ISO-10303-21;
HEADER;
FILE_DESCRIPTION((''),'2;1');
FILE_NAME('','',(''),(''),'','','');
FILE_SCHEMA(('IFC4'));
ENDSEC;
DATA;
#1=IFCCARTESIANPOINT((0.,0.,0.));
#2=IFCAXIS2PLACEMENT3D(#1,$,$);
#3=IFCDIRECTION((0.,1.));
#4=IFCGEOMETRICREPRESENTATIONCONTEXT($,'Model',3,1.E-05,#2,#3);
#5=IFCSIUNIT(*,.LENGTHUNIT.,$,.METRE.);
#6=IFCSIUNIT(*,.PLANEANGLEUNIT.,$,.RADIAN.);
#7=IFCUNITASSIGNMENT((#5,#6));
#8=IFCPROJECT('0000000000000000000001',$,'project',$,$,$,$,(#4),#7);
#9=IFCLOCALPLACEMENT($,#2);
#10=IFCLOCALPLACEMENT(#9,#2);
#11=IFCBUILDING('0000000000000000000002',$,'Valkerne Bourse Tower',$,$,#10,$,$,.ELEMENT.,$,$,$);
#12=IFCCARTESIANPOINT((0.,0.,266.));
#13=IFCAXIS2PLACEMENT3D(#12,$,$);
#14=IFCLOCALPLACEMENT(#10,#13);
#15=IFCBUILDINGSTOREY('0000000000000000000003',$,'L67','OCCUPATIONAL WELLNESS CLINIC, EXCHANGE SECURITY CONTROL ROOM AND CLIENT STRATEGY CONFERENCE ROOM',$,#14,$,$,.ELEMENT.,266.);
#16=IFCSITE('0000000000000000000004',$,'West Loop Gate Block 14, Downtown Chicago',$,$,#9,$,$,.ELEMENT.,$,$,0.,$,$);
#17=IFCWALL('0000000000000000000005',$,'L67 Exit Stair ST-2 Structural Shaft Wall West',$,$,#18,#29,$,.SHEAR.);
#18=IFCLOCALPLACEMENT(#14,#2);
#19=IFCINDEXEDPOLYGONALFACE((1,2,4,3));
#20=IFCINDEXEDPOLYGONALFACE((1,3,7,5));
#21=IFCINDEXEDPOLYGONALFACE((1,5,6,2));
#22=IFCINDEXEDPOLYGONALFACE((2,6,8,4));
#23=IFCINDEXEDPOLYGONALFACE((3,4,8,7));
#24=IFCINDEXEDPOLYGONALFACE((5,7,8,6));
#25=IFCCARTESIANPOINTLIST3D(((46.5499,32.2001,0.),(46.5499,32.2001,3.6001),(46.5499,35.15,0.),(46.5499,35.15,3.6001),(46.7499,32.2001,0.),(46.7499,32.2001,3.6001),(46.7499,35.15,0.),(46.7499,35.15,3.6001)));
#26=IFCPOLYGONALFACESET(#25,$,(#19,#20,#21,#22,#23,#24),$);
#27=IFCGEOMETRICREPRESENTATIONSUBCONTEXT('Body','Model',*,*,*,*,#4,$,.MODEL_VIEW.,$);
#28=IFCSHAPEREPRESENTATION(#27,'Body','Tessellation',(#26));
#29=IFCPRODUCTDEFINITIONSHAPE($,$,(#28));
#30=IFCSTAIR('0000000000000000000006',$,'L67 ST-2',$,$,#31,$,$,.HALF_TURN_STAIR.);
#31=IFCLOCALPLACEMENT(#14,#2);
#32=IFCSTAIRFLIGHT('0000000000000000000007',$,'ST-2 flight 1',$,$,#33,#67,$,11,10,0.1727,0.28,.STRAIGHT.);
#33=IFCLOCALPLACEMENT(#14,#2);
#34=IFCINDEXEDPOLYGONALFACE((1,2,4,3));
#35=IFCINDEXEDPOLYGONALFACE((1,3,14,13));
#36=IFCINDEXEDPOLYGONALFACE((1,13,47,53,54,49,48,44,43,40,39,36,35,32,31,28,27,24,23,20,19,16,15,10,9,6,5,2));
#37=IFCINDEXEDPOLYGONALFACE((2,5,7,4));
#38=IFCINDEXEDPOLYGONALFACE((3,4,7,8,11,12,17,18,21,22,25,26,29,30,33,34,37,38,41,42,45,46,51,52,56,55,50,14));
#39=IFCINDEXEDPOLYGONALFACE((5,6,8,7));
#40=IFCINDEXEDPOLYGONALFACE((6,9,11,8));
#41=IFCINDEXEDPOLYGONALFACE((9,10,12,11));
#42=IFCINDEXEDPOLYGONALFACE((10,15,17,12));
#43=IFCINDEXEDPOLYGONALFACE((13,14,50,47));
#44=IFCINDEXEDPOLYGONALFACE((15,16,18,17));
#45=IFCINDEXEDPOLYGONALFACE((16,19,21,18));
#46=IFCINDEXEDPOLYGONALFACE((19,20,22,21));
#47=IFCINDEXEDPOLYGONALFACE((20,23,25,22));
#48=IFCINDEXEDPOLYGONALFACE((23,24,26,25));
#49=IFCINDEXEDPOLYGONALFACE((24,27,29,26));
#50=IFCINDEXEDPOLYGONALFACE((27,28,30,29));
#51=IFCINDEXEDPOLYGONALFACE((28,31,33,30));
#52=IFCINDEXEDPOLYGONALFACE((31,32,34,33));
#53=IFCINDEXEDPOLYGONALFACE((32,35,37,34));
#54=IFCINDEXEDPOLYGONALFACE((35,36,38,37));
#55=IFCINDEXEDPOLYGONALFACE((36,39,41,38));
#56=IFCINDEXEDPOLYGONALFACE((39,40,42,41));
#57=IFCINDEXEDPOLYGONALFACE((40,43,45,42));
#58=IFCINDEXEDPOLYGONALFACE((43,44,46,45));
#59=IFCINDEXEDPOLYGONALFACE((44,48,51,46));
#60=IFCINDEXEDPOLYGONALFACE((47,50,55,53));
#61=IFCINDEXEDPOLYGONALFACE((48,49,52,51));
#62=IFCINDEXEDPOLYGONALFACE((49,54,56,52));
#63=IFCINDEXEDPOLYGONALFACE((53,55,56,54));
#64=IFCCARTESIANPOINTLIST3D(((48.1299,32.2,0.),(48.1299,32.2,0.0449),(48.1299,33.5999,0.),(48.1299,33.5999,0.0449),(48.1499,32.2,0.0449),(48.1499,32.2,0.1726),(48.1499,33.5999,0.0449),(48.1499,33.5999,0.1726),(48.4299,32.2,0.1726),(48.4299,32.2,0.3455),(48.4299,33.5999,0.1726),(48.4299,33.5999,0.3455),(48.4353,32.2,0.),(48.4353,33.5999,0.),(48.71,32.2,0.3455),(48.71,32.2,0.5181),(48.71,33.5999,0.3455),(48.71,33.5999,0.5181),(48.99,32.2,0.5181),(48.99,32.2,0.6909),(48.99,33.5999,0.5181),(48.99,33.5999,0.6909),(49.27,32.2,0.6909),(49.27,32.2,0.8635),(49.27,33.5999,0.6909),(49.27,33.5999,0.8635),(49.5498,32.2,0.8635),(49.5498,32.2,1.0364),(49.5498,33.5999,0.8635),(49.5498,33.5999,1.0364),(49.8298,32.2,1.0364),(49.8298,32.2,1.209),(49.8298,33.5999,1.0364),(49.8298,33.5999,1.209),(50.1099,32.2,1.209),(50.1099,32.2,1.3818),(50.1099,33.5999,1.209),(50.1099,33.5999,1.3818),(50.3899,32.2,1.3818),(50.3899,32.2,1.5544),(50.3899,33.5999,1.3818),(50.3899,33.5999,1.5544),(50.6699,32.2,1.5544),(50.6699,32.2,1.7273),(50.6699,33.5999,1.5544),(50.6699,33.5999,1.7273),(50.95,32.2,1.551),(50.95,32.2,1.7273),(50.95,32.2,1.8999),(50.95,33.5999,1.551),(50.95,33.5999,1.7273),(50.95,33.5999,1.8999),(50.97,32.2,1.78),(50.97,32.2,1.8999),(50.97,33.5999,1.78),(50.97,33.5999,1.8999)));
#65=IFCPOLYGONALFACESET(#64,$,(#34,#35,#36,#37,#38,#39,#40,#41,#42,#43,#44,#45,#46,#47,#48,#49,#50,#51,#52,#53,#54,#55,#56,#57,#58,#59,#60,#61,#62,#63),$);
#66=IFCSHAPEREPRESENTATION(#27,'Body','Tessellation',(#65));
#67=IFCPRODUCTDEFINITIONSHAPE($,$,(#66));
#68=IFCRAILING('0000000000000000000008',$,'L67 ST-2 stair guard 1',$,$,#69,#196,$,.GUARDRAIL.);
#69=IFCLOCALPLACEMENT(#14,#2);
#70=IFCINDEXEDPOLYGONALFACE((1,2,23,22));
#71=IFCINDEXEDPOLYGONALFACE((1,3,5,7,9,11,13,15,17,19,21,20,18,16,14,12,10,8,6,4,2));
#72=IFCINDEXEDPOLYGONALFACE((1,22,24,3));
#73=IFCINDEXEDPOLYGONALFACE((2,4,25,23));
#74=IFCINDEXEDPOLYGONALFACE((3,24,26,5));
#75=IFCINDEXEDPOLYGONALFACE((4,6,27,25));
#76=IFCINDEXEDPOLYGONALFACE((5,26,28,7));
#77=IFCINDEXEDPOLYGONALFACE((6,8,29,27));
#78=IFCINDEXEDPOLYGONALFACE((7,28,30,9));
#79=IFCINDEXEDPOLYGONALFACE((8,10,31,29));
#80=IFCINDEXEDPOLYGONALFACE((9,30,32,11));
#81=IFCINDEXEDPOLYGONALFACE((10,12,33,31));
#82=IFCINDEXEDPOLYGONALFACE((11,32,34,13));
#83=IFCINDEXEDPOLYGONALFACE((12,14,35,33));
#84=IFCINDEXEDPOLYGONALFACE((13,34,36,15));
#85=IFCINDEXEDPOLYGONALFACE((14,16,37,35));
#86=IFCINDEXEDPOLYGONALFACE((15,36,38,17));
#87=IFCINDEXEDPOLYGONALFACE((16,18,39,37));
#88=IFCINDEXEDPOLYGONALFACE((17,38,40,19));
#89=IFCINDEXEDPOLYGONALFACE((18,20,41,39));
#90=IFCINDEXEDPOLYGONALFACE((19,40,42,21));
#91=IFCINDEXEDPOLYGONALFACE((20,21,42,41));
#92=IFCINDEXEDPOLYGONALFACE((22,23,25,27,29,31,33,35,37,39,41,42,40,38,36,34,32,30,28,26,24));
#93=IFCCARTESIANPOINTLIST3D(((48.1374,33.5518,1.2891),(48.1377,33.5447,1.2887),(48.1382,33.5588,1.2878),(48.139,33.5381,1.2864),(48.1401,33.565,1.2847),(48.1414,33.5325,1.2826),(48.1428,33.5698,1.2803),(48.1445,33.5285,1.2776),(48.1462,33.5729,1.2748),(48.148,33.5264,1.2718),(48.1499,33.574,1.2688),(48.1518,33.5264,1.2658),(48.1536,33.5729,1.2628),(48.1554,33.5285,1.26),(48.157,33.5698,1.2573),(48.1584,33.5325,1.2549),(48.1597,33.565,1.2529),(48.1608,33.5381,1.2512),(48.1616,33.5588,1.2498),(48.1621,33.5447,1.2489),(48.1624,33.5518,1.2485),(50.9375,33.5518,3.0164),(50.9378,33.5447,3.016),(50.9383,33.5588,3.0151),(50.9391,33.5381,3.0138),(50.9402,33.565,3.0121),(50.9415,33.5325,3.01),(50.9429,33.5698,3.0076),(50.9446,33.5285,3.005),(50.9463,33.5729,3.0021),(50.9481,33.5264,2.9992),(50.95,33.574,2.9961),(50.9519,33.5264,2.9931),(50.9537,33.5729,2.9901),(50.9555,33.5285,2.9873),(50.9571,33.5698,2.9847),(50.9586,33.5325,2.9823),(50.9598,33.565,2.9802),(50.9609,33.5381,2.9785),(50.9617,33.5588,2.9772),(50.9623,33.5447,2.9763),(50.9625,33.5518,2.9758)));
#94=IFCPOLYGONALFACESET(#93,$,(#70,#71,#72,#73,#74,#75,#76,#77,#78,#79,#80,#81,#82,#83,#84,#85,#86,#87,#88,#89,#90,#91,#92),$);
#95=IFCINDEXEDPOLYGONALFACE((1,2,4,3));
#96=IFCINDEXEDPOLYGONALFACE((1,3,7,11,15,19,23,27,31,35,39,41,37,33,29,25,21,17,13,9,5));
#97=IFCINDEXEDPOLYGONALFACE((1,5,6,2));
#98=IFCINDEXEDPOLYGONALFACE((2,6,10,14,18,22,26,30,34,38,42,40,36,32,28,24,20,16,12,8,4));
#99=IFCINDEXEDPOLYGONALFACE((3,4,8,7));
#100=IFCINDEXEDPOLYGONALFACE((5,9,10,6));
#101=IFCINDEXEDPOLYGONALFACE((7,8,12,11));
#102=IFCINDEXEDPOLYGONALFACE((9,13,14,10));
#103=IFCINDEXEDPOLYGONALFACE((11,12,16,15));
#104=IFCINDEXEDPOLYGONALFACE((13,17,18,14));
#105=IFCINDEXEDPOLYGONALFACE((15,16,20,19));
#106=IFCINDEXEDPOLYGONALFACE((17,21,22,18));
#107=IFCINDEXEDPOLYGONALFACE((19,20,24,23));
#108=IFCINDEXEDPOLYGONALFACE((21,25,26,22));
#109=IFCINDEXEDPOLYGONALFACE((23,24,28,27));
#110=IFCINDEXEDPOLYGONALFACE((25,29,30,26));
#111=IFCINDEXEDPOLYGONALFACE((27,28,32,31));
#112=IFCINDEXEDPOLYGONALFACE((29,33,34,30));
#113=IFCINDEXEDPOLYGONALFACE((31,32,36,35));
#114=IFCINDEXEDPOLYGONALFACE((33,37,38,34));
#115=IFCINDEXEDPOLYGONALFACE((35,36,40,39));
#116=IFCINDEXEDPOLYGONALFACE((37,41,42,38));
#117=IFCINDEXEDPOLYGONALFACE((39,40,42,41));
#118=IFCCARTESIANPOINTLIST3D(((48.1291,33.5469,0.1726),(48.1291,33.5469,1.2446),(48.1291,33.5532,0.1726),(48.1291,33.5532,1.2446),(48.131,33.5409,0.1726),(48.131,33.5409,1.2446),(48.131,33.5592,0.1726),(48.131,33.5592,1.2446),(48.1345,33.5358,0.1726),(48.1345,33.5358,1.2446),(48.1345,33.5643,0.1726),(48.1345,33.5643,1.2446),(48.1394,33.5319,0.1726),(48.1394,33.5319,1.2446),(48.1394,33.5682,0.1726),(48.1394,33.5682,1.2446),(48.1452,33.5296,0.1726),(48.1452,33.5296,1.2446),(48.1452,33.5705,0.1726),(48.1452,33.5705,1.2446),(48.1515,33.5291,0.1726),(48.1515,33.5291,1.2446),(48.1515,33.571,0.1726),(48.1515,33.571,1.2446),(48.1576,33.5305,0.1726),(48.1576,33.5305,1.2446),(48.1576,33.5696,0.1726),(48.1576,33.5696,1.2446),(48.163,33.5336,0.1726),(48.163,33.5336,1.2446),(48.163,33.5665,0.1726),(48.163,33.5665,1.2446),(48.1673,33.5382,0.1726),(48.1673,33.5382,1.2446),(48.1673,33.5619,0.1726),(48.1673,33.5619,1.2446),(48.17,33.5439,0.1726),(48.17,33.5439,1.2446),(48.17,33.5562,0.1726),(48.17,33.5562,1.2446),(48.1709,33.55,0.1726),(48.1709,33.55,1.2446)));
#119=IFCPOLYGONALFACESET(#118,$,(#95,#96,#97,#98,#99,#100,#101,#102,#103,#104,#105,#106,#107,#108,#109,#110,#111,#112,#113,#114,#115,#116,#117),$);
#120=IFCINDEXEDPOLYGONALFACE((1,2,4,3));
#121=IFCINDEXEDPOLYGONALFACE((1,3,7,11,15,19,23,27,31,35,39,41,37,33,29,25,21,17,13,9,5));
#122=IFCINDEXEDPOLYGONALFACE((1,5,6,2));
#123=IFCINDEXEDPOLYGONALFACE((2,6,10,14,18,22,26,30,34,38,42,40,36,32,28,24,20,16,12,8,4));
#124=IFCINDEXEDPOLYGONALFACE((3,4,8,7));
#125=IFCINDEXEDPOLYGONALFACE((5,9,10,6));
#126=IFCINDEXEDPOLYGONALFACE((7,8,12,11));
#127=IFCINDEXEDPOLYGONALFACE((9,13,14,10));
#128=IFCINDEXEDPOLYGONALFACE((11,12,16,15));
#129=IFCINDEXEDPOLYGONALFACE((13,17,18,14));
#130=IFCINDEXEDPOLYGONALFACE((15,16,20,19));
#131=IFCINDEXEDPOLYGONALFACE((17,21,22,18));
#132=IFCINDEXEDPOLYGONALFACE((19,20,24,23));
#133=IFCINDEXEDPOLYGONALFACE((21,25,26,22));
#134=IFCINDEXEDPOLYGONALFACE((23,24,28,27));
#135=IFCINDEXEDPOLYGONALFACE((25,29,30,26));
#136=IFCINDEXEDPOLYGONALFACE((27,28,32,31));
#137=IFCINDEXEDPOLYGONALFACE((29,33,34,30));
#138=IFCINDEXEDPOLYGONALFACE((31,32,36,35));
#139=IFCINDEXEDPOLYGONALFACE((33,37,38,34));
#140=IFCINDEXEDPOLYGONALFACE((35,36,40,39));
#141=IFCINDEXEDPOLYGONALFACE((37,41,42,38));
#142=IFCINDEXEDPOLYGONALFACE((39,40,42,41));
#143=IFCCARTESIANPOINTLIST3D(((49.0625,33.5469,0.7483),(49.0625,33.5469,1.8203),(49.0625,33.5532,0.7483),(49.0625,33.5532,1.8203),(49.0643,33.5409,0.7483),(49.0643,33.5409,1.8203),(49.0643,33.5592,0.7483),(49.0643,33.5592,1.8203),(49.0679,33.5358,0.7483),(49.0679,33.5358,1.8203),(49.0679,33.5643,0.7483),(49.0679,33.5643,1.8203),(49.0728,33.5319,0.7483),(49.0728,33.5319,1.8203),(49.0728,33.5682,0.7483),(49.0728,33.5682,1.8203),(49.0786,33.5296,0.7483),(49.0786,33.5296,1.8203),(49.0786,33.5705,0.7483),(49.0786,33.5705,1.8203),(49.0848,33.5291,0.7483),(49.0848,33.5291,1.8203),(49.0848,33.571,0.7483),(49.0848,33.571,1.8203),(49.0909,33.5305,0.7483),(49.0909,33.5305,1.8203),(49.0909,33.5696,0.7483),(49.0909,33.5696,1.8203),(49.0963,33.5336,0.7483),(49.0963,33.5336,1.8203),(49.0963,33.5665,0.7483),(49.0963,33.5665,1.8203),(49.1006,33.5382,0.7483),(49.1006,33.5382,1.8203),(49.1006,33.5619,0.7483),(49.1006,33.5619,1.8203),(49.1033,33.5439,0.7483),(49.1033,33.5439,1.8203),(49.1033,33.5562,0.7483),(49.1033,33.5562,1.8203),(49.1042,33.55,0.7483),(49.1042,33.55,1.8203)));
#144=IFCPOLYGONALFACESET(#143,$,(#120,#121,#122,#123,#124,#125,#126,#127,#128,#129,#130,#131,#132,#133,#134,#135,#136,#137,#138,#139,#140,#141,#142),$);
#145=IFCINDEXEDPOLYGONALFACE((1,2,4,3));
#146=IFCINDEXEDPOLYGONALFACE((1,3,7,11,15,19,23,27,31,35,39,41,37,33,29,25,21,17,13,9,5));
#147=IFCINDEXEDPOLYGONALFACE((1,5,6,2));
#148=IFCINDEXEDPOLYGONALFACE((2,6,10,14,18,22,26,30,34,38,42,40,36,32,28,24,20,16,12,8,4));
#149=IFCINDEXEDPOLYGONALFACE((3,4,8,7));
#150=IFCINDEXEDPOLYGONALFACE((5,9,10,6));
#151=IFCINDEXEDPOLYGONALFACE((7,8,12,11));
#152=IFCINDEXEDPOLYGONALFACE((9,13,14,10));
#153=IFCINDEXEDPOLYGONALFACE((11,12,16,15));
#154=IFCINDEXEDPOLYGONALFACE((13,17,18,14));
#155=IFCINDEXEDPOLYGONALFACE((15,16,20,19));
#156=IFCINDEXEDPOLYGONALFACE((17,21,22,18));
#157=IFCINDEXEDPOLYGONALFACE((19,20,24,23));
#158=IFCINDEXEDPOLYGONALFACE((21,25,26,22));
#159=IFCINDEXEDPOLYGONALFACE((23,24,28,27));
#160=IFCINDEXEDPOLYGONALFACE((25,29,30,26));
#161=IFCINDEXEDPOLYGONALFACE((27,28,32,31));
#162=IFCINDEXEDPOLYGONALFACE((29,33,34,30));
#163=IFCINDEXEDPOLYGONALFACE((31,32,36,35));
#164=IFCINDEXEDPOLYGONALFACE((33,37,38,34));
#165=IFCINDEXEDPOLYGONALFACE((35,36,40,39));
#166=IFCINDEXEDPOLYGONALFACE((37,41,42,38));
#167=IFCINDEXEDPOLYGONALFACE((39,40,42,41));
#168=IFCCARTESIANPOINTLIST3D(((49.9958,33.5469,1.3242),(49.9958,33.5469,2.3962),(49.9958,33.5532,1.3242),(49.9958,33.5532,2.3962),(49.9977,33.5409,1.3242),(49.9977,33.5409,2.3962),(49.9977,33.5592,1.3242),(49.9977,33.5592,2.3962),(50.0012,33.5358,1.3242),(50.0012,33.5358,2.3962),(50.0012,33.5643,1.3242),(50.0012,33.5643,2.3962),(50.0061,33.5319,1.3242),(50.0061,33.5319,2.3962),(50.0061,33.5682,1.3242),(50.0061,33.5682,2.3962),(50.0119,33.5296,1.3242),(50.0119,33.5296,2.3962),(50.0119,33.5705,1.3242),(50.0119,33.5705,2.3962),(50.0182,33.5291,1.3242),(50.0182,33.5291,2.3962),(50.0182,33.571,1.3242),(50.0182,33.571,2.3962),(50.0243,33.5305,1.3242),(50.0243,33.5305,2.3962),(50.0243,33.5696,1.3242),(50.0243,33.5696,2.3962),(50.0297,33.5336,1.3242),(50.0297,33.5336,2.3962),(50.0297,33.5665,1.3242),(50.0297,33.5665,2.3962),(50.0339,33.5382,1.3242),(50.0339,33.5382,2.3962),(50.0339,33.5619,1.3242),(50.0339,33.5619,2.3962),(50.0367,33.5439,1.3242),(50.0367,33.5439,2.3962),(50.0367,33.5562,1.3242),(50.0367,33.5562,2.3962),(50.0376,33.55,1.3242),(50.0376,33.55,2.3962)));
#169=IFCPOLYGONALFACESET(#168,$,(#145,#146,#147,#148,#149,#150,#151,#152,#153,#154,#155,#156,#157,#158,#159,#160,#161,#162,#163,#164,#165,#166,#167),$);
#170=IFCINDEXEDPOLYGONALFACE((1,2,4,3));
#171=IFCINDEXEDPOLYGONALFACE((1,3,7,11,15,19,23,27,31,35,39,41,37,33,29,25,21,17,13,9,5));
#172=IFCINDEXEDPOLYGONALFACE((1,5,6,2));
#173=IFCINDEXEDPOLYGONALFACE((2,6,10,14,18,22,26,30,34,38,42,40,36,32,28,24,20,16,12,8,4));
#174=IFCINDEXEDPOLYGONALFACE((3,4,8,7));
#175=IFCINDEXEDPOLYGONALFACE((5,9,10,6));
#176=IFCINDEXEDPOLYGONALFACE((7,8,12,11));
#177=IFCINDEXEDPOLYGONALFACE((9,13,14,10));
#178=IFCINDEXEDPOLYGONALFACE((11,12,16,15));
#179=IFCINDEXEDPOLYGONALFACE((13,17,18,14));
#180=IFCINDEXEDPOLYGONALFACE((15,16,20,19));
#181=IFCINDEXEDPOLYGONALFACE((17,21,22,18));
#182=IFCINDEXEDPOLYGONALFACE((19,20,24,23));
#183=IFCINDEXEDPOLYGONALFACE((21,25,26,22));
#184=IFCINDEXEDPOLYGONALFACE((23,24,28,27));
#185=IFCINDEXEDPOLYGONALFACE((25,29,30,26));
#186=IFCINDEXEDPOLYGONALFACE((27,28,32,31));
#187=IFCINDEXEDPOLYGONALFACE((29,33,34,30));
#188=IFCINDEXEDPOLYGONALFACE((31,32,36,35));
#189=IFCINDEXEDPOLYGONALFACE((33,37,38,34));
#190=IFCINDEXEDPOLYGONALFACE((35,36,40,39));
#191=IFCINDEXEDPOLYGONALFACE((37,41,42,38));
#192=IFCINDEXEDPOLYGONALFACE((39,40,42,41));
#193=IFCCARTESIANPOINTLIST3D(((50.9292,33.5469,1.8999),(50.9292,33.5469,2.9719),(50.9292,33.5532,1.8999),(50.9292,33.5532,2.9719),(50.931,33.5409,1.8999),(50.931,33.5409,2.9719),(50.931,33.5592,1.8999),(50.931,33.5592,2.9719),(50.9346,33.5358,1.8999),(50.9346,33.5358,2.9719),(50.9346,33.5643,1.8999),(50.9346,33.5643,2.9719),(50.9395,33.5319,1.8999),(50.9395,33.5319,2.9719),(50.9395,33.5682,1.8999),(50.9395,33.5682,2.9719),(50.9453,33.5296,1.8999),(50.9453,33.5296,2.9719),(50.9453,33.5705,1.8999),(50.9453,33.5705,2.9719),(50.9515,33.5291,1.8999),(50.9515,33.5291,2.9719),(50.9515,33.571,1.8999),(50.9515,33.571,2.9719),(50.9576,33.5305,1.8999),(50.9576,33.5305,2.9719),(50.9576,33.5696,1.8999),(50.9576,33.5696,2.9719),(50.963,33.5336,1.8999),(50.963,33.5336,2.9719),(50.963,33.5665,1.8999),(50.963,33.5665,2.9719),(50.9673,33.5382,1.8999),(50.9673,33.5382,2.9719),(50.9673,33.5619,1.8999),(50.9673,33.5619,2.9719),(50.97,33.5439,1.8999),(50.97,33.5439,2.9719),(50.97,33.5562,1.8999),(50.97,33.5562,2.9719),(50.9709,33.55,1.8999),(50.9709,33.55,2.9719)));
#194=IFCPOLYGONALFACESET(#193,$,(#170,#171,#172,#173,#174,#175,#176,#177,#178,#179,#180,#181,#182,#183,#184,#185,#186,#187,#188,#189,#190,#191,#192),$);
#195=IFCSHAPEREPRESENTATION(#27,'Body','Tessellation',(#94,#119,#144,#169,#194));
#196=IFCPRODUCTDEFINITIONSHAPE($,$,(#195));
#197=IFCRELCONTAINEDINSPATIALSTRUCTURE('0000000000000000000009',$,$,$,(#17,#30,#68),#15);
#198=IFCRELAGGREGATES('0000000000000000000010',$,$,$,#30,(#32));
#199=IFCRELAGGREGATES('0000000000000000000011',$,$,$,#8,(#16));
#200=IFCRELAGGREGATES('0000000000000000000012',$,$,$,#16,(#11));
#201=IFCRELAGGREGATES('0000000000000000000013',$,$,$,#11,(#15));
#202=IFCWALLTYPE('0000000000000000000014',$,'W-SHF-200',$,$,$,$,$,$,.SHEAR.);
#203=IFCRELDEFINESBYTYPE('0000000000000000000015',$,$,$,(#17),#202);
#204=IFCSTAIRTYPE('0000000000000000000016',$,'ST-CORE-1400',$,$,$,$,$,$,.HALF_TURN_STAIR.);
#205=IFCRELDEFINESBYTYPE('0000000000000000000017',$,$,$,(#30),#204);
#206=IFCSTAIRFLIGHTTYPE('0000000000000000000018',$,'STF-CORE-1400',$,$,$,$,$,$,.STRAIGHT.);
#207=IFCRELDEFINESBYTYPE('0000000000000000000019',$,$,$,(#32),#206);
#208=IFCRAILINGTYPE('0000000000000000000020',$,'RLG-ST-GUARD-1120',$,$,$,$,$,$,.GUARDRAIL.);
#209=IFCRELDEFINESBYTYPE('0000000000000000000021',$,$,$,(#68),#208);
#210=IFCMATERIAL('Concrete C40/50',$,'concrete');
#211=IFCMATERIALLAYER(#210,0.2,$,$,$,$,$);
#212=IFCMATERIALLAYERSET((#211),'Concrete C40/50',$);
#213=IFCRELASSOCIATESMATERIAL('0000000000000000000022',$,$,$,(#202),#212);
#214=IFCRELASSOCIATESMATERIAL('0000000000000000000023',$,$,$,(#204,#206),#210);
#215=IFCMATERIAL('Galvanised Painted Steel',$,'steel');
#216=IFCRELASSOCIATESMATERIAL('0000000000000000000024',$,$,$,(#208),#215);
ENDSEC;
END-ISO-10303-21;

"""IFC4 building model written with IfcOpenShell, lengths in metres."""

from ifc_helpers import new_model, si_unit, direction, frame, frame_2d, origin, origin_2d, place, context, subcontext, project, spatial, polyline, rectangle, circle, outline, extrude, material, layer, layer_set, type_object, element, aggregate, save


model = new_model("IFC4")

# Units and contexts
model_context = context("Model", 3, precision=1e-05, world=origin(), true_north=direction((0.0, 1.0)))
body_context = subcontext(model_context, "Body", "Model", "MODEL_VIEW")
ifc_project = project(units=[si_unit("LENGTHUNIT", "METRE"), si_unit("PLANEANGLEUNIT", "RADIAN")], contexts=[model_context])

# Site, building, storey
site_placement = place(None, origin())
site = spatial("IfcSite", under=ifc_project, at=site_placement, Name="West Loop Gate Block 14, Downtown Chicago", CompositionType="ELEMENT", RefElevation=0.0)
building_placement = place(site_placement, origin())
building = spatial("IfcBuilding", under=site, at=building_placement, Name="Valkerne Bourse Tower", CompositionType="ELEMENT")
storey_placement = place(building_placement, frame((0.0, 0.0, 266.0)))
storey = spatial("IfcBuildingStorey", under=building, at=storey_placement, Name="L67", Description="OCCUPATIONAL WELLNESS CLINIC, EXCHANGE SECURITY CONTROL ROOM AND CLIENT STRATEGY CONFERENCE ROOM", CompositionType="ELEMENT", Elevation=266.0)

# Shared definitions
ifc_material_1 = material(Name="Galvanised Painted Steel", Category="steel")

# Shared definitions
ifc_material_2 = material(Name="Concrete C40/50", Category="concrete")
ifc_layer_1 = layer(ifc_material_2, 0.2)
ifc_layer_set_1 = layer_set([ifc_layer_1], Name="Concrete C40/50")
wall_type_1 = type_object("IfcWallType", Name="W-SHF-200", PredefinedType="SHEAR", material=ifc_layer_set_1)

# Wall
wall_1_placement = place(storey_placement, frame((46.6499, 32.2, 0.0), z_axis=(0.0, 0.0, 1.0), x_axis=(0.0, 1.0, 0.0)))
element("IfcWall", 1, at=wall_1_placement, inside=storey, type_object=wall_type_1, Name="L67 Exit Stair ST-2 Structural Shaft Wall West", PredefinedType="SHEAR", context=body_context, shape_type="SweptSolid", body=[
    extrude(rectangle(XDim=2.95, YDim=0.2, at=frame_2d((1.4751, 0.0))), origin(), (0.0, 0.0, 1.0), 3.6001),
])

# Stair, stair flight
stair_type = type_object("IfcStairType", Name="ST-CORE-1400", PredefinedType="HALF_TURN_STAIR", material=ifc_material_2)
stair_placement = place(storey_placement, origin())
stair = element("IfcStair", 2, at=stair_placement, inside=storey, type_object=stair_type, Name="L67 ST-2", PredefinedType="HALF_TURN_STAIR")
stair_flight_type = type_object("IfcStairFlightType", Name="STF-CORE-1400", PredefinedType="STRAIGHT", material=ifc_material_2)
stair_flight_placement = place(storey_placement, frame((48.1499, 32.8999, 0.0), z_axis=(0.0, 0.0, 1.0), x_axis=(1.0, 0.0, 0.0)))
stair_flight = element("IfcStairFlight", 3, at=stair_flight_placement, type_object=stair_flight_type, Name="ST-2 flight 1", NumberOfRisers=11, NumberOfTreads=10, PredefinedType="STRAIGHT", RiserHeight=0.1727, TreadLength=0.28, context=body_context, shape_type="SweptSolid", body=[
    extrude(outline(polyline([(-0.02, 0.0), (-0.02, 0.0449), (0.0, 0.0449), (0.0, 0.1726), (0.28, 0.1726), (0.28, 0.3455), (0.5601, 0.3455), (0.5601, 0.5181), (0.8401, 0.5181), (0.8401, 0.6909), (1.1201, 0.6909), (1.1201, 0.8635), (1.3999, 0.8635), (1.3999, 1.0364), (1.6799, 1.0364), (1.6799, 1.209), (1.96, 1.209), (1.96, 1.3818), (2.24, 1.3818), (2.24, 1.5544), (2.52, 1.5544), (2.52, 1.7273), (2.8, 1.7273), (2.8, 1.8999), (2.8201, 1.8999), (2.8201, 1.78), (2.8, 1.551), (0.2854, 0.0), (-0.02, 0.0)])), frame((0.0, 0.7, 0.0), z_axis=(0.0, -1.0, 0.0), x_axis=(1.0, 0.0, 0.0)), (0.0, 0.0, 1.0), 1.3999),
])
aggregate(stair, [stair_flight])

# Railing
railing_type_1 = type_object("IfcRailingType", Name="RLG-ST-GUARD-1120", PredefinedType="GUARDRAIL", material=ifc_material_1)
railing_1_placement = place(storey_placement, frame((48.1499, 33.55, 0.1726)))
element("IfcRailing", 4, at=railing_1_placement, inside=storey, type_object=railing_type_1, Name="L67 ST-2 stair guard 1", PredefinedType="GUARDRAIL", context=body_context, shape_type="SweptSolid", body=[
    extrude(circle(Radius=0.0239, at=origin_2d()), frame((0.0, 0.0, 1.0962), z_axis=(0.85109, 0.0, 0.52502), x_axis=(0.0, 1.0, 0.0)), (0.0, 0.0, 1.0), 3.29),
    extrude(circle(Radius=0.021, at=origin_2d()), origin(), (0.0, 0.0, 1.0), 1.072),
    extrude(circle(Radius=0.021, at=origin_2d()), frame((0.9333, 0.0, 0.5757)), (0.0, 0.0, 1.0), 1.072),
    extrude(circle(Radius=0.021, at=origin_2d()), frame((1.8667, 0.0, 1.1516)), (0.0, 0.0, 1.0), 1.072),
    extrude(circle(Radius=0.021, at=origin_2d()), frame((2.8, 0.0, 1.7273)), (0.0, 0.0, 1.0), 1.072),
])

save(model, "model.ifc")
